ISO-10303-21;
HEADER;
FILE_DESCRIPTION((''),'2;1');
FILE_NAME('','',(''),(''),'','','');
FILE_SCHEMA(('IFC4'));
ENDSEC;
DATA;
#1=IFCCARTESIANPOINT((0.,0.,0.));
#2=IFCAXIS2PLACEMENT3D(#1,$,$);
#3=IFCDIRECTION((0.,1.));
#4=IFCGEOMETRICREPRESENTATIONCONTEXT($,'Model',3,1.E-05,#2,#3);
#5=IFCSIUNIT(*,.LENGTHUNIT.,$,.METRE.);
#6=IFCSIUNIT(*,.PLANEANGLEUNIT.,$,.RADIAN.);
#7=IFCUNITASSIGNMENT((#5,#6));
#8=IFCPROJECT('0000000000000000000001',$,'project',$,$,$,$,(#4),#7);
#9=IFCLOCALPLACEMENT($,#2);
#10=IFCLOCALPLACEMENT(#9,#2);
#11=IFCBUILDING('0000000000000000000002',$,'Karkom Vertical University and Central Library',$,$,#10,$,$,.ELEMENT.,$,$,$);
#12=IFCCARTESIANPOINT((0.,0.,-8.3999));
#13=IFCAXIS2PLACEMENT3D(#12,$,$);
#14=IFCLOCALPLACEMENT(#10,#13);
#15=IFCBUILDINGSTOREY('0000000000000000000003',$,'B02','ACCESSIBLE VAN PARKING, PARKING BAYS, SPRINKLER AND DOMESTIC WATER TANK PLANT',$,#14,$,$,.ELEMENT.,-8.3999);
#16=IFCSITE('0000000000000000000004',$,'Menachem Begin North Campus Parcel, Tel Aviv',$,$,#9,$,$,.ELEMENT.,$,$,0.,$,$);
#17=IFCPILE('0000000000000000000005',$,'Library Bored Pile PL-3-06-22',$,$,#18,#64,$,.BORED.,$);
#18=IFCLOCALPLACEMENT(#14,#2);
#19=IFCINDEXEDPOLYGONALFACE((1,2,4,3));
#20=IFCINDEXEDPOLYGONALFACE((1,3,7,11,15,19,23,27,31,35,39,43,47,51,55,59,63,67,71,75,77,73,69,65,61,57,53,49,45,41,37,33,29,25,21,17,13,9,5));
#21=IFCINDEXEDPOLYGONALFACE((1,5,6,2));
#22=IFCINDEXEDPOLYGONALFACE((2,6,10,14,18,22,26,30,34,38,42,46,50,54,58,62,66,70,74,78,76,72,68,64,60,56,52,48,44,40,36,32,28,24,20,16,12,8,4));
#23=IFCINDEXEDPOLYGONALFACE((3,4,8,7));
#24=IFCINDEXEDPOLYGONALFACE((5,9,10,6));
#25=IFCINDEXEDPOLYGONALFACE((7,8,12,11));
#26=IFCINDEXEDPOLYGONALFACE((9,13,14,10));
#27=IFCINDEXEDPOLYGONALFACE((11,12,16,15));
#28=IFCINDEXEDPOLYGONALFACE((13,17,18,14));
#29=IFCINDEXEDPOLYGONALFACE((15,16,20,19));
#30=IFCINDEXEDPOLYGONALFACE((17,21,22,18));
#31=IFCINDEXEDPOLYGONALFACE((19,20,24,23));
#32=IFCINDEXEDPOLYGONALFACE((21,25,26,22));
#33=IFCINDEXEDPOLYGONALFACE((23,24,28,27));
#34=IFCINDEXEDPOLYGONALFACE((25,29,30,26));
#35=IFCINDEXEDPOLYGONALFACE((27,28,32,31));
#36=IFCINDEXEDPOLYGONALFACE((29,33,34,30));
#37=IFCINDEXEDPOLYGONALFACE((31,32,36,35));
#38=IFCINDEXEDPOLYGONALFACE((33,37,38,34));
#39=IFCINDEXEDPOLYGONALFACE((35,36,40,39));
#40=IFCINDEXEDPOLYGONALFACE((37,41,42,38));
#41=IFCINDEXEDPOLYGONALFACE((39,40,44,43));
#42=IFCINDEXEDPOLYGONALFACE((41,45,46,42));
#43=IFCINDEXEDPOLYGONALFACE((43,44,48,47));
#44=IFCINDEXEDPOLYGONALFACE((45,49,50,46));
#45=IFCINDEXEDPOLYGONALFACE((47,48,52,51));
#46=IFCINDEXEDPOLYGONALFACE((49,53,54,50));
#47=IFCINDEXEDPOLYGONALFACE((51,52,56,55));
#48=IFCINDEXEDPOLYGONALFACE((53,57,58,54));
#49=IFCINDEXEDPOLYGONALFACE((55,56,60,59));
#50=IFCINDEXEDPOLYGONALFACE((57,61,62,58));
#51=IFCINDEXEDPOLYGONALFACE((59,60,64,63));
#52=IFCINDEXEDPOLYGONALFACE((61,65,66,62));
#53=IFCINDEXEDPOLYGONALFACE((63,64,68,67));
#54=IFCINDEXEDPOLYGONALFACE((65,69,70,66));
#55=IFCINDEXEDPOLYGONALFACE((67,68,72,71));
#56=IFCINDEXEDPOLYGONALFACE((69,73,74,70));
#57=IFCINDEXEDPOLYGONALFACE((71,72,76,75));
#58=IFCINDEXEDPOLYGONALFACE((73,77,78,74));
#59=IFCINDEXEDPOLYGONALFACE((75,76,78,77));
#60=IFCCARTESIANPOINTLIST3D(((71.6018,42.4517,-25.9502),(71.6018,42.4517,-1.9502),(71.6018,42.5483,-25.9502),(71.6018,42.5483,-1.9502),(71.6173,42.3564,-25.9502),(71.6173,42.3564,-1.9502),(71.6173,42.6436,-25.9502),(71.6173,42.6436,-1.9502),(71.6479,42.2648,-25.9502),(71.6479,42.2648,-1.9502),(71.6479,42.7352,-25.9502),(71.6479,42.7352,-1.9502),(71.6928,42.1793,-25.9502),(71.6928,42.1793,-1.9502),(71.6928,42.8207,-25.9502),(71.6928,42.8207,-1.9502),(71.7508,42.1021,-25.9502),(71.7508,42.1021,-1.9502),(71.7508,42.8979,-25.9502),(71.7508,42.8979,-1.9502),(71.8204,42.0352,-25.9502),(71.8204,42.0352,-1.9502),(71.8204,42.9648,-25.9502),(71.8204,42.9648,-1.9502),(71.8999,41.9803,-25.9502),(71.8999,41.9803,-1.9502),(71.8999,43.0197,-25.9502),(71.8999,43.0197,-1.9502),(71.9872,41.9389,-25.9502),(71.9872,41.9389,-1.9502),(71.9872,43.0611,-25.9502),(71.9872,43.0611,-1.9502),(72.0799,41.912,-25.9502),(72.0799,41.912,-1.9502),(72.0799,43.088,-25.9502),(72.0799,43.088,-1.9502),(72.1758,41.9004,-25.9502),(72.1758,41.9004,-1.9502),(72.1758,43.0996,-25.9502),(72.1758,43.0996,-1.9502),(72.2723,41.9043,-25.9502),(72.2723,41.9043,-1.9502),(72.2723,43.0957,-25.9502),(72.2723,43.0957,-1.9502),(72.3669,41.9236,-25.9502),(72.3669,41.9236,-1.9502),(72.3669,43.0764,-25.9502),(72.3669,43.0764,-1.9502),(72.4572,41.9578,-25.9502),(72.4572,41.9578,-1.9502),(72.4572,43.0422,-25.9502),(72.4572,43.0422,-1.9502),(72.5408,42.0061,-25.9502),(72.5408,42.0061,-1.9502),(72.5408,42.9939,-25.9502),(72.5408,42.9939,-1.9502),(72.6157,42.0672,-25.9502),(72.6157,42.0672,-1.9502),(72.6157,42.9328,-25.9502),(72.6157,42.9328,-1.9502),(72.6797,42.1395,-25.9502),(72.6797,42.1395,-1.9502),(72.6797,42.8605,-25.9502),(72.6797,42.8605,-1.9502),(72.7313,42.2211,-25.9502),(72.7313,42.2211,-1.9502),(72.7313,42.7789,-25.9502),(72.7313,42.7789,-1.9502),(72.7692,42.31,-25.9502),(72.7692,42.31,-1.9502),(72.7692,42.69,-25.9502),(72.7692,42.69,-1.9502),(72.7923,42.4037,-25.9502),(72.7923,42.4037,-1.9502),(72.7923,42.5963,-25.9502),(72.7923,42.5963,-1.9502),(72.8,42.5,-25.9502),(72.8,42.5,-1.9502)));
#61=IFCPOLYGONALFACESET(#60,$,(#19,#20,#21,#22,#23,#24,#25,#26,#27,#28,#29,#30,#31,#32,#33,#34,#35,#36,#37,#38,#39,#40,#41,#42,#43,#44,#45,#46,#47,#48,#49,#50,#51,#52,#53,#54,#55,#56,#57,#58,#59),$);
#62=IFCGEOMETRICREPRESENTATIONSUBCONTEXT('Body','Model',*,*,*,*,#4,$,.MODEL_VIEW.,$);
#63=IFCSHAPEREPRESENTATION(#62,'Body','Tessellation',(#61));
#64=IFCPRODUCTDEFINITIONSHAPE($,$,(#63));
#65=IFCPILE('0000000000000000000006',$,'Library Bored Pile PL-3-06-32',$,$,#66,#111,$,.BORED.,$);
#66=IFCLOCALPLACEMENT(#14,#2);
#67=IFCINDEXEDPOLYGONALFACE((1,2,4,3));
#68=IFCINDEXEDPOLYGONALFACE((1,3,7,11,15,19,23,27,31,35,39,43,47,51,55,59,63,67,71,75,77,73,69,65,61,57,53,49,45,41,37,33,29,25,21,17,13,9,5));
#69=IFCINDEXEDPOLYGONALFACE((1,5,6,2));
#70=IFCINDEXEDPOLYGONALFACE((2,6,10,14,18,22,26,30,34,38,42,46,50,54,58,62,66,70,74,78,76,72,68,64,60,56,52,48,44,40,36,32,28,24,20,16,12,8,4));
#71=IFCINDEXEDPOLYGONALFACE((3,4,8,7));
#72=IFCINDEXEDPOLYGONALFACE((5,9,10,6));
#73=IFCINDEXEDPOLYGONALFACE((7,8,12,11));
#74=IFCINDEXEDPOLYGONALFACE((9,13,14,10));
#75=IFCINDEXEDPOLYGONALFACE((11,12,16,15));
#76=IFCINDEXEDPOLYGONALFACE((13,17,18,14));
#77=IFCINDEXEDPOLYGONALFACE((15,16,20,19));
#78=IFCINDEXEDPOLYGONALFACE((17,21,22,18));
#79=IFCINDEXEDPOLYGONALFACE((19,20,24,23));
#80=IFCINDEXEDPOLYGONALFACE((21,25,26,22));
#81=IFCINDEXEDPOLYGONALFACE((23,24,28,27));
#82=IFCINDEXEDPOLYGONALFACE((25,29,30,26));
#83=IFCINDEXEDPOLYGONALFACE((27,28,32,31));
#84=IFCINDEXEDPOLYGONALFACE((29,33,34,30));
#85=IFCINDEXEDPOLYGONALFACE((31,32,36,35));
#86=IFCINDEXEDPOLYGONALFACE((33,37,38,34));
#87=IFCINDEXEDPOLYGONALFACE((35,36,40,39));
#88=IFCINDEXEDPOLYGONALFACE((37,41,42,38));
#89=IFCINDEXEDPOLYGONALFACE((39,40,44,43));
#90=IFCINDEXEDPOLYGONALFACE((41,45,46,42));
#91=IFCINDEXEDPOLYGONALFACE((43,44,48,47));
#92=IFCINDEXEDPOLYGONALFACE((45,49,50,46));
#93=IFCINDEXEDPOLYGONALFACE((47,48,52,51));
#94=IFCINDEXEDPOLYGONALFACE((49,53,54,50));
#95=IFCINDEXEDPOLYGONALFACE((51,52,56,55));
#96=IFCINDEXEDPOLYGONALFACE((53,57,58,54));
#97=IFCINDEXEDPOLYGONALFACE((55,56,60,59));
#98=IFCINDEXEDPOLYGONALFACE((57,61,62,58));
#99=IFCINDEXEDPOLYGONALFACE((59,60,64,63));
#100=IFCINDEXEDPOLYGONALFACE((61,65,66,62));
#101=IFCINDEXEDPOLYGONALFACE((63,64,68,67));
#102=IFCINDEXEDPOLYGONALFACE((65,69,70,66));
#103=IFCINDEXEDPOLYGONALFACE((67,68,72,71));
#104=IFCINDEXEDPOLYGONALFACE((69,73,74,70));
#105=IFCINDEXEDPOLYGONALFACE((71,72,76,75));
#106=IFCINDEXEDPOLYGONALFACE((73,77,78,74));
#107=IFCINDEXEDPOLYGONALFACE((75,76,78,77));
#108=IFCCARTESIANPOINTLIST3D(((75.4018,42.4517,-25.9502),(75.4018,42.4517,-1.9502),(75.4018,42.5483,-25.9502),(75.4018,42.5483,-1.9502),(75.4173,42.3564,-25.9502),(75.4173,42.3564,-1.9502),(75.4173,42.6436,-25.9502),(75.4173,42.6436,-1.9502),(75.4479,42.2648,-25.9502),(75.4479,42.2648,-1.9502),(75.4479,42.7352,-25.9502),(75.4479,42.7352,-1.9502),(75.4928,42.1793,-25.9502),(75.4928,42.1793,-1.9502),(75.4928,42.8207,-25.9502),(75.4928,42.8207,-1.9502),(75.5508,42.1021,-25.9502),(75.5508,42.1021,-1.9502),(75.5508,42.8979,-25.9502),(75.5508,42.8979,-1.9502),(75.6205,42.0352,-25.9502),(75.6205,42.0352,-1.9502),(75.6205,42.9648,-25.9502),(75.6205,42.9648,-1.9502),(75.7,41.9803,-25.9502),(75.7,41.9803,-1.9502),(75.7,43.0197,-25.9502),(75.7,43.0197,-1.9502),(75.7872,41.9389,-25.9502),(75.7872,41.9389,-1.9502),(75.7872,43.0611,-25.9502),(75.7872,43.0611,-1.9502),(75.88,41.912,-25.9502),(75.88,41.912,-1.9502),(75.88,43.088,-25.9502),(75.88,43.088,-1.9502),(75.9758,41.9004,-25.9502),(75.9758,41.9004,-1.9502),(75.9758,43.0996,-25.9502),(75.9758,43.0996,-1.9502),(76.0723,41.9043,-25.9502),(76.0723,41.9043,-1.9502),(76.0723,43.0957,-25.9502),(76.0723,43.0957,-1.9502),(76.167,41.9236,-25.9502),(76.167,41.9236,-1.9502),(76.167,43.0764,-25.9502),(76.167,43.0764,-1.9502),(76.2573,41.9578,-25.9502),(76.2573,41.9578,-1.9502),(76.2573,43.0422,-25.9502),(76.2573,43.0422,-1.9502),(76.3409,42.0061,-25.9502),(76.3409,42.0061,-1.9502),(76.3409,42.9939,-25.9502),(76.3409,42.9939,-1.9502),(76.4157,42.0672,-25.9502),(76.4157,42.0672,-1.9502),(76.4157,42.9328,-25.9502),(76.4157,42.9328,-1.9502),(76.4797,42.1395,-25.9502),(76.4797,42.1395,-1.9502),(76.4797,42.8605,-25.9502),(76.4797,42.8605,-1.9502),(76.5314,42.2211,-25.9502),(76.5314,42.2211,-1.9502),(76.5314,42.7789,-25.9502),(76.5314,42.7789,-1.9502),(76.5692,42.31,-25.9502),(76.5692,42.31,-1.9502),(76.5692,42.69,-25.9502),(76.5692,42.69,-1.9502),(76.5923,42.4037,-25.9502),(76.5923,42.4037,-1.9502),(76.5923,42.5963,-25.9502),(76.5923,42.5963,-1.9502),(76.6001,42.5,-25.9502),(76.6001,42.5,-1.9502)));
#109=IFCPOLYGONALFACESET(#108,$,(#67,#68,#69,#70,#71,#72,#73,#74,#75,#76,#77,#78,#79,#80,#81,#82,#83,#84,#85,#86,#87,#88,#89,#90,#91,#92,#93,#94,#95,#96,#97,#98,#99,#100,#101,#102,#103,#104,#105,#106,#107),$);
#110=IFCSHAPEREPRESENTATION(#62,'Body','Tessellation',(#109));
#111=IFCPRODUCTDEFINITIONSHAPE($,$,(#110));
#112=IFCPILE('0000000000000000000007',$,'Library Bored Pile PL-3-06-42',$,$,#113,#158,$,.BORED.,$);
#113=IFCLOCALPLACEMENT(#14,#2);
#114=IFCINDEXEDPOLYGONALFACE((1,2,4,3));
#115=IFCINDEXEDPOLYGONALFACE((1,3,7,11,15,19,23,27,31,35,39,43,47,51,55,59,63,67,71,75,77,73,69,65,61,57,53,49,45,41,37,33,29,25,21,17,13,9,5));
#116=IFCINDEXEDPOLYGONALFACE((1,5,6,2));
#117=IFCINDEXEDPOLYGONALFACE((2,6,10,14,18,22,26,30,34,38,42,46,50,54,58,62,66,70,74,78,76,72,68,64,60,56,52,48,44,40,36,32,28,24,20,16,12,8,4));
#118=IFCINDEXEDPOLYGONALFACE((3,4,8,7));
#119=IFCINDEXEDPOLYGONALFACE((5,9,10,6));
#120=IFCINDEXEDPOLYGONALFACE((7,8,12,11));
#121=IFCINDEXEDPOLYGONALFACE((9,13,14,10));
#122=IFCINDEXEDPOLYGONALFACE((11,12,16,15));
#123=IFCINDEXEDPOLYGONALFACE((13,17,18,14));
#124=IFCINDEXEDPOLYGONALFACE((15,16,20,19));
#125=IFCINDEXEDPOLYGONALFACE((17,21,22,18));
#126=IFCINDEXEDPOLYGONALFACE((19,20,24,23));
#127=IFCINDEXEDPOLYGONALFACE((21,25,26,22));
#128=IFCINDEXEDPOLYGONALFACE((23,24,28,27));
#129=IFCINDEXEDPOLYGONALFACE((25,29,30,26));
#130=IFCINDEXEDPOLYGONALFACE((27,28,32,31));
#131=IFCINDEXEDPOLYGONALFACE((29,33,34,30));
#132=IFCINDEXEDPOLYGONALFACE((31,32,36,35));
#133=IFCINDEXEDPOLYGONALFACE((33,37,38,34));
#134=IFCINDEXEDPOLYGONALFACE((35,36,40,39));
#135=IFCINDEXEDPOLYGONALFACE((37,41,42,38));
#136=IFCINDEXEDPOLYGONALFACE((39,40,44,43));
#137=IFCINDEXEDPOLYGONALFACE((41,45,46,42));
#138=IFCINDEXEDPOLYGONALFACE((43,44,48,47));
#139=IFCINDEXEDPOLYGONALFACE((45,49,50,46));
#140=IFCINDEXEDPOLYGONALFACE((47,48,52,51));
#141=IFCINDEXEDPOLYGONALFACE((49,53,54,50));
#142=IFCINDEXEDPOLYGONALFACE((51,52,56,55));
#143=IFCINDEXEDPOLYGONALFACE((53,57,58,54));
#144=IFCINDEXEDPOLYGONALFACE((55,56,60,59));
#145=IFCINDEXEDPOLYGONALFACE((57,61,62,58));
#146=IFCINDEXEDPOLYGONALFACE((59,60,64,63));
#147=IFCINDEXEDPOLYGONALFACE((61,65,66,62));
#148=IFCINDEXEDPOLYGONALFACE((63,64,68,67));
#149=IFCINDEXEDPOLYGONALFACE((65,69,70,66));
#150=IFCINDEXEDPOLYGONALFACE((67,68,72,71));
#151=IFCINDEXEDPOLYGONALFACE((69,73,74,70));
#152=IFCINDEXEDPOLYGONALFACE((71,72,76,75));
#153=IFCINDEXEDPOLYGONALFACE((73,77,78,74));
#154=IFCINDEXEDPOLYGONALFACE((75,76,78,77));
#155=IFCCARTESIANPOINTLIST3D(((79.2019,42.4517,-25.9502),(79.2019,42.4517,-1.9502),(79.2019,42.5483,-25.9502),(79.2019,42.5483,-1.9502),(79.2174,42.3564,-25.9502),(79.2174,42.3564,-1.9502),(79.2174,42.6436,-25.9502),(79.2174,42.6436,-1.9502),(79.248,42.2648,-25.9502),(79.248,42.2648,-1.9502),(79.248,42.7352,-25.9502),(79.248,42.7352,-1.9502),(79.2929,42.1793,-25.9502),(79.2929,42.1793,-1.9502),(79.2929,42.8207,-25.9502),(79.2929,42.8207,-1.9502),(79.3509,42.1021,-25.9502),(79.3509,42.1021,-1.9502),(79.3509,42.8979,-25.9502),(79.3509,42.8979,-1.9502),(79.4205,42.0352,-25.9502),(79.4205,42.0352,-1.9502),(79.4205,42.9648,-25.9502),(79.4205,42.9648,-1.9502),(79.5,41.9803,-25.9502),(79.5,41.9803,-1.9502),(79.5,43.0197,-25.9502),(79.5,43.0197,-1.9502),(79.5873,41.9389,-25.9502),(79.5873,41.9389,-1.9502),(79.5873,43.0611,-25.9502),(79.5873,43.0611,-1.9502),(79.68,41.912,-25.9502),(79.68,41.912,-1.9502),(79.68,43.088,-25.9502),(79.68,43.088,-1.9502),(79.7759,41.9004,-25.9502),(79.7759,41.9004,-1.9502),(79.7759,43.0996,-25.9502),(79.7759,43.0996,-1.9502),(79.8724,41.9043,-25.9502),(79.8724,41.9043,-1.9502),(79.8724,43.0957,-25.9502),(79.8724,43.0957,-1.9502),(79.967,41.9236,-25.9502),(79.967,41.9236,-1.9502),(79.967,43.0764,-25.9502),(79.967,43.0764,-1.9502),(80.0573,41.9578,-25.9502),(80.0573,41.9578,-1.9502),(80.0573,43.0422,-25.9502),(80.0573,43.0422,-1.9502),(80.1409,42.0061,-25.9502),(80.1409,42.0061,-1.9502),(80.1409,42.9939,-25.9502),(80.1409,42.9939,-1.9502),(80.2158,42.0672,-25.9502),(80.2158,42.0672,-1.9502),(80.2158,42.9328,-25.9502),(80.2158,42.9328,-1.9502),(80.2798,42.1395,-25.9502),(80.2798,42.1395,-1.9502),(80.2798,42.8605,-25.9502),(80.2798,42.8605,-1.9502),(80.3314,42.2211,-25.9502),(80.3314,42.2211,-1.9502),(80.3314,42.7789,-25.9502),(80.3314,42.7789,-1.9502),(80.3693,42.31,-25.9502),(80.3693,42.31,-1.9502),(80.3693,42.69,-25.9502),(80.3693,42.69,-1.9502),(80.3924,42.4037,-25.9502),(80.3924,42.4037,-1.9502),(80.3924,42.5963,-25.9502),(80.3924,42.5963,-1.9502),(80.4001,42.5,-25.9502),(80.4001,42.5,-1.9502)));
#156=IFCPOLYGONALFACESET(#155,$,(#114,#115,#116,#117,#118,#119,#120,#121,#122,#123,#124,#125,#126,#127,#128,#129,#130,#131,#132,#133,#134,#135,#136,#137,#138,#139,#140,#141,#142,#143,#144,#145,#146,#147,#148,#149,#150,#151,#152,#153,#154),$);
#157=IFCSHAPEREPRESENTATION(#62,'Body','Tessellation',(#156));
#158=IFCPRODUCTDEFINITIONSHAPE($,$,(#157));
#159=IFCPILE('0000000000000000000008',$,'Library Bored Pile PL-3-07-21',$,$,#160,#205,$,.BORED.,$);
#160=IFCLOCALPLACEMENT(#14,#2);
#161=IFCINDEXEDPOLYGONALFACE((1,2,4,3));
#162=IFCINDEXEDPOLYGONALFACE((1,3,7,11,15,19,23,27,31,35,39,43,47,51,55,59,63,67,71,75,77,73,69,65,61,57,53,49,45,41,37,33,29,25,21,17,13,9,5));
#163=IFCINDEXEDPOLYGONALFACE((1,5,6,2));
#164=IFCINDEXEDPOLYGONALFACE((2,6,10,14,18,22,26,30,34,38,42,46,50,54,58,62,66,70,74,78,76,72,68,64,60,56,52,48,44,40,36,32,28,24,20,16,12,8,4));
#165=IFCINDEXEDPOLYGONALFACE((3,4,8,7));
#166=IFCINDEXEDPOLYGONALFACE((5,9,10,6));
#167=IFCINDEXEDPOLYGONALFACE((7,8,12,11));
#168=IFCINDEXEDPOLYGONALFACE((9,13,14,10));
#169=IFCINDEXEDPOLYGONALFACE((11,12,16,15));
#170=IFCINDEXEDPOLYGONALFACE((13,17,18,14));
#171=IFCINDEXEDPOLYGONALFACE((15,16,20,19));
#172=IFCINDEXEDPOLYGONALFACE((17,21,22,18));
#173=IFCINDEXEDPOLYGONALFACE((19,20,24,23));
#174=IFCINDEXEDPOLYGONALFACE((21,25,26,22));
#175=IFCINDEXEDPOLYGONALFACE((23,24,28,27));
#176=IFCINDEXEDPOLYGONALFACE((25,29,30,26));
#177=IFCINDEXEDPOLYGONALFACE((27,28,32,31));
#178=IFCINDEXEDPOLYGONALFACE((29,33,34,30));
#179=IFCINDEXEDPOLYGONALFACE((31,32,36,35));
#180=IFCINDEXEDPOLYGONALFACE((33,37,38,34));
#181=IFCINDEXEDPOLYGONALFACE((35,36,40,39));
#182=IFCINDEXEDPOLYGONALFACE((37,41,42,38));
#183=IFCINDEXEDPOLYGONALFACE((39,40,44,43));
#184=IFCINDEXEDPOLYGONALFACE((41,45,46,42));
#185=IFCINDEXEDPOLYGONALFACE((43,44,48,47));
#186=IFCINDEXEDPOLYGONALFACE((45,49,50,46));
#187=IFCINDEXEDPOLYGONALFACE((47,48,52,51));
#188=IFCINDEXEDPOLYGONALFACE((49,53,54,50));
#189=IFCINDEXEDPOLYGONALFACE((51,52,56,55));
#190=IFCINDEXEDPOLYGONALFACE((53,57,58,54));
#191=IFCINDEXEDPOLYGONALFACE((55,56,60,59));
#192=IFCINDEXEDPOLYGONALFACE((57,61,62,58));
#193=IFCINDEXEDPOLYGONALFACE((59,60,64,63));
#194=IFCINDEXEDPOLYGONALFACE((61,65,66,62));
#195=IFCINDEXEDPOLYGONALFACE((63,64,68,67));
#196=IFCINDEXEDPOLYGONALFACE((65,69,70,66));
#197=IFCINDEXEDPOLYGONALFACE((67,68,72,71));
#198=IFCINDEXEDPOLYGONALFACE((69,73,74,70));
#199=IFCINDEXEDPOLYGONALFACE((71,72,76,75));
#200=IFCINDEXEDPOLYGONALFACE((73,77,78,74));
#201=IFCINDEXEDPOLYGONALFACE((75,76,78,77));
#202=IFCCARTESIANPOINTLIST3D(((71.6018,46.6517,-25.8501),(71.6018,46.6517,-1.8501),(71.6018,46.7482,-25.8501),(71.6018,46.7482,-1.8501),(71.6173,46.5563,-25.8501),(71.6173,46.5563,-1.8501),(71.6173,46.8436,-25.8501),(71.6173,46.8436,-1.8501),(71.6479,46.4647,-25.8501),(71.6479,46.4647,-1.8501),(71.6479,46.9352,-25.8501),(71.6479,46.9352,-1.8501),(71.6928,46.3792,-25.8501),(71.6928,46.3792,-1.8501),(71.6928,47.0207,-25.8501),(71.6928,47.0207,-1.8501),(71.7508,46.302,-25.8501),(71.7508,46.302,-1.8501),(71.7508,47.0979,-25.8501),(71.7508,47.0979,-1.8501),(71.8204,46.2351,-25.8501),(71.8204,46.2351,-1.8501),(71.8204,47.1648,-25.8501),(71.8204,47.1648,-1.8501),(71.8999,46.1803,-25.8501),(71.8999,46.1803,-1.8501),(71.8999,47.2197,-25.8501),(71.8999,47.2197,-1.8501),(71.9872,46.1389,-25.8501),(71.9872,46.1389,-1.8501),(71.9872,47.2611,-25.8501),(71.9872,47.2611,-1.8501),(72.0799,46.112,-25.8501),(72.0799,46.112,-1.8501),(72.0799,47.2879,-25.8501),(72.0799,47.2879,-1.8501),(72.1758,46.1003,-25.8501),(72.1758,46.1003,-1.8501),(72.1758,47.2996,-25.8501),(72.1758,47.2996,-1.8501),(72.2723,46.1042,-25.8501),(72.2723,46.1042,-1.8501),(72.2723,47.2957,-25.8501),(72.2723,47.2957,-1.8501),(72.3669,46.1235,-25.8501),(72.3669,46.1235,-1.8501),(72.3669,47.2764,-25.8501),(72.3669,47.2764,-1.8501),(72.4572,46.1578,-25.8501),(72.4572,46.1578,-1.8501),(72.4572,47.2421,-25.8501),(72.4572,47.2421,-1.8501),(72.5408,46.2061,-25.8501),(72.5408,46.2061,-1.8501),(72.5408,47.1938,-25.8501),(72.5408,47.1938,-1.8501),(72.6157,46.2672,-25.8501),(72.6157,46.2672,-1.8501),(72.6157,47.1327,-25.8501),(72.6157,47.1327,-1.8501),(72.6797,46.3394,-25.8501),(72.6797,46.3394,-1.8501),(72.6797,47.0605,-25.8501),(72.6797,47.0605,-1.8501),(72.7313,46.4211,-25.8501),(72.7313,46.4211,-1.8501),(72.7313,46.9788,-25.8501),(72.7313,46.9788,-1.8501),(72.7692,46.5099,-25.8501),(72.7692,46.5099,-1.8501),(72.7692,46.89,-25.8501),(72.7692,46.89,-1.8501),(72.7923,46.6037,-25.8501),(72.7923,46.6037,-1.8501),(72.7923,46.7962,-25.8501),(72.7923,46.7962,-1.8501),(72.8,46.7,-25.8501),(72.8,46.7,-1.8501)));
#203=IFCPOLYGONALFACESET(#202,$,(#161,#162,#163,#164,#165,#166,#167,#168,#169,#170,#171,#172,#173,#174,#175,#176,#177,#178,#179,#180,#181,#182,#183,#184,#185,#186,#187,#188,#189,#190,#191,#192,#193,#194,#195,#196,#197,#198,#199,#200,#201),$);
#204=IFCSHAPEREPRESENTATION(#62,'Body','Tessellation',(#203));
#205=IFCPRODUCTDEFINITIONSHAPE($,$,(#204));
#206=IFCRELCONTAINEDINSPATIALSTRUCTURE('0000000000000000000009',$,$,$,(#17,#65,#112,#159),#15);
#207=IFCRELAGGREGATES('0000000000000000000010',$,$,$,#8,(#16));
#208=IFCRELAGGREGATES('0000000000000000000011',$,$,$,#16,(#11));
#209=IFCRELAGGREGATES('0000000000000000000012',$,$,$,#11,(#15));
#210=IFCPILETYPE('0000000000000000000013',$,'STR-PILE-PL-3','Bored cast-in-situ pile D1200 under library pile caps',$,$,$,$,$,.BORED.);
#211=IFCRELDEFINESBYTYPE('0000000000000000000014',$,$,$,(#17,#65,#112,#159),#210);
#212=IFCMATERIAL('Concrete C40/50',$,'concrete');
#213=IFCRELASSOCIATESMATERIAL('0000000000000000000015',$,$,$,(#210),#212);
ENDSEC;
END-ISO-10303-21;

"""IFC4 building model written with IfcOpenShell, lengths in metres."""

from ifc_helpers import new_model, si_unit, direction, frame, origin, origin_with_axes, origin_2d, place, context, subcontext, project, spatial, circle, extrude, source, transform, mapped, material, material_profile, profile_set, type_object, element, save


model = new_model("IFC4")

# Units and contexts
model_context = context("Model", 3, precision=1e-05, world=origin(), true_north=direction((0.0, 1.0)))
body_context = subcontext(model_context, "Body", "Model", "MODEL_VIEW")
ifc_project = project(units=[si_unit("LENGTHUNIT", "METRE"), si_unit("PLANEANGLEUNIT", "RADIAN")], contexts=[model_context])

# Site, building, storey
site_placement = place(None, origin())
site = spatial("IfcSite", under=ifc_project, at=site_placement, Name="Menachem Begin North Campus Parcel, Tel Aviv", CompositionType="ELEMENT", RefElevation=0.0)
building_placement = place(site_placement, origin())
building = spatial("IfcBuilding", under=site, at=building_placement, Name="Karkom Vertical University and Central Library", CompositionType="ELEMENT")
storey_placement = place(building_placement, frame((0.0, 0.0, -8.3999)))
storey = spatial("IfcBuildingStorey", under=building, at=storey_placement, Name="B02", Description="ACCESSIBLE VAN PARKING, PARKING BAYS, SPRINKLER AND DOMESTIC WATER TANK PLANT", CompositionType="ELEMENT", Elevation=-8.3999)

# Piles
ifc_material_1 = material(Name="Concrete C40/50", Category="concrete")
ifc_material_profile_1 = material_profile(ifc_material_1, circle(Radius=0.6001, at=origin_2d()), Name="PILE-D1200")
ifc_profile_set_1 = profile_set([ifc_material_profile_1], Name="Concrete C40/50")
pile_type = type_object("IfcPileType", Name="STR-PILE-PL-3", Description="Bored cast-in-situ pile D1200 under library pile caps", PredefinedType="BORED", material=ifc_profile_set_1)
shared_shape_1 = source(origin_with_axes(), body_context, "Body", "SweptSolid", [
    extrude(circle(Radius=0.6001, at=origin_2d()), origin(), (0.0, 0.0, 1.0), 24.0),
])
for number, where, z_axis, x_axis, name in (
    (1, (72.2, 42.5, -1.9502), (0.0, 0.0, -1.0), (1.0, 0.0, 0.0), "Library Bored Pile PL-3-06-22"),
    (2, (76.0, 42.5, -1.9502), (0.0, 0.0, -1.0), (1.0, 0.0, 0.0), "Library Bored Pile PL-3-06-32"),
    (3, (79.8, 42.5, -1.9502), (0.0, 0.0, -1.0), (1.0, 0.0, 0.0), "Library Bored Pile PL-3-06-42"),
    (4, (72.2, 46.7, -1.8501), (0.0, 0.0, -1.0), (1.0, 0.0, 0.0), "Library Bored Pile PL-3-07-21"),
):
    element("IfcPile", number, at=place(storey_placement, frame(where, z_axis=z_axis, x_axis=x_axis)), inside=storey, type_object=pile_type, Name=name, PredefinedType="BORED", context=body_context, shape_type="MappedRepresentation", body=[
        mapped(shared_shape_1, transform((0.0, 0.0, 0.0), scale=1.0)),
    ])

save(model, "model.ifc")
